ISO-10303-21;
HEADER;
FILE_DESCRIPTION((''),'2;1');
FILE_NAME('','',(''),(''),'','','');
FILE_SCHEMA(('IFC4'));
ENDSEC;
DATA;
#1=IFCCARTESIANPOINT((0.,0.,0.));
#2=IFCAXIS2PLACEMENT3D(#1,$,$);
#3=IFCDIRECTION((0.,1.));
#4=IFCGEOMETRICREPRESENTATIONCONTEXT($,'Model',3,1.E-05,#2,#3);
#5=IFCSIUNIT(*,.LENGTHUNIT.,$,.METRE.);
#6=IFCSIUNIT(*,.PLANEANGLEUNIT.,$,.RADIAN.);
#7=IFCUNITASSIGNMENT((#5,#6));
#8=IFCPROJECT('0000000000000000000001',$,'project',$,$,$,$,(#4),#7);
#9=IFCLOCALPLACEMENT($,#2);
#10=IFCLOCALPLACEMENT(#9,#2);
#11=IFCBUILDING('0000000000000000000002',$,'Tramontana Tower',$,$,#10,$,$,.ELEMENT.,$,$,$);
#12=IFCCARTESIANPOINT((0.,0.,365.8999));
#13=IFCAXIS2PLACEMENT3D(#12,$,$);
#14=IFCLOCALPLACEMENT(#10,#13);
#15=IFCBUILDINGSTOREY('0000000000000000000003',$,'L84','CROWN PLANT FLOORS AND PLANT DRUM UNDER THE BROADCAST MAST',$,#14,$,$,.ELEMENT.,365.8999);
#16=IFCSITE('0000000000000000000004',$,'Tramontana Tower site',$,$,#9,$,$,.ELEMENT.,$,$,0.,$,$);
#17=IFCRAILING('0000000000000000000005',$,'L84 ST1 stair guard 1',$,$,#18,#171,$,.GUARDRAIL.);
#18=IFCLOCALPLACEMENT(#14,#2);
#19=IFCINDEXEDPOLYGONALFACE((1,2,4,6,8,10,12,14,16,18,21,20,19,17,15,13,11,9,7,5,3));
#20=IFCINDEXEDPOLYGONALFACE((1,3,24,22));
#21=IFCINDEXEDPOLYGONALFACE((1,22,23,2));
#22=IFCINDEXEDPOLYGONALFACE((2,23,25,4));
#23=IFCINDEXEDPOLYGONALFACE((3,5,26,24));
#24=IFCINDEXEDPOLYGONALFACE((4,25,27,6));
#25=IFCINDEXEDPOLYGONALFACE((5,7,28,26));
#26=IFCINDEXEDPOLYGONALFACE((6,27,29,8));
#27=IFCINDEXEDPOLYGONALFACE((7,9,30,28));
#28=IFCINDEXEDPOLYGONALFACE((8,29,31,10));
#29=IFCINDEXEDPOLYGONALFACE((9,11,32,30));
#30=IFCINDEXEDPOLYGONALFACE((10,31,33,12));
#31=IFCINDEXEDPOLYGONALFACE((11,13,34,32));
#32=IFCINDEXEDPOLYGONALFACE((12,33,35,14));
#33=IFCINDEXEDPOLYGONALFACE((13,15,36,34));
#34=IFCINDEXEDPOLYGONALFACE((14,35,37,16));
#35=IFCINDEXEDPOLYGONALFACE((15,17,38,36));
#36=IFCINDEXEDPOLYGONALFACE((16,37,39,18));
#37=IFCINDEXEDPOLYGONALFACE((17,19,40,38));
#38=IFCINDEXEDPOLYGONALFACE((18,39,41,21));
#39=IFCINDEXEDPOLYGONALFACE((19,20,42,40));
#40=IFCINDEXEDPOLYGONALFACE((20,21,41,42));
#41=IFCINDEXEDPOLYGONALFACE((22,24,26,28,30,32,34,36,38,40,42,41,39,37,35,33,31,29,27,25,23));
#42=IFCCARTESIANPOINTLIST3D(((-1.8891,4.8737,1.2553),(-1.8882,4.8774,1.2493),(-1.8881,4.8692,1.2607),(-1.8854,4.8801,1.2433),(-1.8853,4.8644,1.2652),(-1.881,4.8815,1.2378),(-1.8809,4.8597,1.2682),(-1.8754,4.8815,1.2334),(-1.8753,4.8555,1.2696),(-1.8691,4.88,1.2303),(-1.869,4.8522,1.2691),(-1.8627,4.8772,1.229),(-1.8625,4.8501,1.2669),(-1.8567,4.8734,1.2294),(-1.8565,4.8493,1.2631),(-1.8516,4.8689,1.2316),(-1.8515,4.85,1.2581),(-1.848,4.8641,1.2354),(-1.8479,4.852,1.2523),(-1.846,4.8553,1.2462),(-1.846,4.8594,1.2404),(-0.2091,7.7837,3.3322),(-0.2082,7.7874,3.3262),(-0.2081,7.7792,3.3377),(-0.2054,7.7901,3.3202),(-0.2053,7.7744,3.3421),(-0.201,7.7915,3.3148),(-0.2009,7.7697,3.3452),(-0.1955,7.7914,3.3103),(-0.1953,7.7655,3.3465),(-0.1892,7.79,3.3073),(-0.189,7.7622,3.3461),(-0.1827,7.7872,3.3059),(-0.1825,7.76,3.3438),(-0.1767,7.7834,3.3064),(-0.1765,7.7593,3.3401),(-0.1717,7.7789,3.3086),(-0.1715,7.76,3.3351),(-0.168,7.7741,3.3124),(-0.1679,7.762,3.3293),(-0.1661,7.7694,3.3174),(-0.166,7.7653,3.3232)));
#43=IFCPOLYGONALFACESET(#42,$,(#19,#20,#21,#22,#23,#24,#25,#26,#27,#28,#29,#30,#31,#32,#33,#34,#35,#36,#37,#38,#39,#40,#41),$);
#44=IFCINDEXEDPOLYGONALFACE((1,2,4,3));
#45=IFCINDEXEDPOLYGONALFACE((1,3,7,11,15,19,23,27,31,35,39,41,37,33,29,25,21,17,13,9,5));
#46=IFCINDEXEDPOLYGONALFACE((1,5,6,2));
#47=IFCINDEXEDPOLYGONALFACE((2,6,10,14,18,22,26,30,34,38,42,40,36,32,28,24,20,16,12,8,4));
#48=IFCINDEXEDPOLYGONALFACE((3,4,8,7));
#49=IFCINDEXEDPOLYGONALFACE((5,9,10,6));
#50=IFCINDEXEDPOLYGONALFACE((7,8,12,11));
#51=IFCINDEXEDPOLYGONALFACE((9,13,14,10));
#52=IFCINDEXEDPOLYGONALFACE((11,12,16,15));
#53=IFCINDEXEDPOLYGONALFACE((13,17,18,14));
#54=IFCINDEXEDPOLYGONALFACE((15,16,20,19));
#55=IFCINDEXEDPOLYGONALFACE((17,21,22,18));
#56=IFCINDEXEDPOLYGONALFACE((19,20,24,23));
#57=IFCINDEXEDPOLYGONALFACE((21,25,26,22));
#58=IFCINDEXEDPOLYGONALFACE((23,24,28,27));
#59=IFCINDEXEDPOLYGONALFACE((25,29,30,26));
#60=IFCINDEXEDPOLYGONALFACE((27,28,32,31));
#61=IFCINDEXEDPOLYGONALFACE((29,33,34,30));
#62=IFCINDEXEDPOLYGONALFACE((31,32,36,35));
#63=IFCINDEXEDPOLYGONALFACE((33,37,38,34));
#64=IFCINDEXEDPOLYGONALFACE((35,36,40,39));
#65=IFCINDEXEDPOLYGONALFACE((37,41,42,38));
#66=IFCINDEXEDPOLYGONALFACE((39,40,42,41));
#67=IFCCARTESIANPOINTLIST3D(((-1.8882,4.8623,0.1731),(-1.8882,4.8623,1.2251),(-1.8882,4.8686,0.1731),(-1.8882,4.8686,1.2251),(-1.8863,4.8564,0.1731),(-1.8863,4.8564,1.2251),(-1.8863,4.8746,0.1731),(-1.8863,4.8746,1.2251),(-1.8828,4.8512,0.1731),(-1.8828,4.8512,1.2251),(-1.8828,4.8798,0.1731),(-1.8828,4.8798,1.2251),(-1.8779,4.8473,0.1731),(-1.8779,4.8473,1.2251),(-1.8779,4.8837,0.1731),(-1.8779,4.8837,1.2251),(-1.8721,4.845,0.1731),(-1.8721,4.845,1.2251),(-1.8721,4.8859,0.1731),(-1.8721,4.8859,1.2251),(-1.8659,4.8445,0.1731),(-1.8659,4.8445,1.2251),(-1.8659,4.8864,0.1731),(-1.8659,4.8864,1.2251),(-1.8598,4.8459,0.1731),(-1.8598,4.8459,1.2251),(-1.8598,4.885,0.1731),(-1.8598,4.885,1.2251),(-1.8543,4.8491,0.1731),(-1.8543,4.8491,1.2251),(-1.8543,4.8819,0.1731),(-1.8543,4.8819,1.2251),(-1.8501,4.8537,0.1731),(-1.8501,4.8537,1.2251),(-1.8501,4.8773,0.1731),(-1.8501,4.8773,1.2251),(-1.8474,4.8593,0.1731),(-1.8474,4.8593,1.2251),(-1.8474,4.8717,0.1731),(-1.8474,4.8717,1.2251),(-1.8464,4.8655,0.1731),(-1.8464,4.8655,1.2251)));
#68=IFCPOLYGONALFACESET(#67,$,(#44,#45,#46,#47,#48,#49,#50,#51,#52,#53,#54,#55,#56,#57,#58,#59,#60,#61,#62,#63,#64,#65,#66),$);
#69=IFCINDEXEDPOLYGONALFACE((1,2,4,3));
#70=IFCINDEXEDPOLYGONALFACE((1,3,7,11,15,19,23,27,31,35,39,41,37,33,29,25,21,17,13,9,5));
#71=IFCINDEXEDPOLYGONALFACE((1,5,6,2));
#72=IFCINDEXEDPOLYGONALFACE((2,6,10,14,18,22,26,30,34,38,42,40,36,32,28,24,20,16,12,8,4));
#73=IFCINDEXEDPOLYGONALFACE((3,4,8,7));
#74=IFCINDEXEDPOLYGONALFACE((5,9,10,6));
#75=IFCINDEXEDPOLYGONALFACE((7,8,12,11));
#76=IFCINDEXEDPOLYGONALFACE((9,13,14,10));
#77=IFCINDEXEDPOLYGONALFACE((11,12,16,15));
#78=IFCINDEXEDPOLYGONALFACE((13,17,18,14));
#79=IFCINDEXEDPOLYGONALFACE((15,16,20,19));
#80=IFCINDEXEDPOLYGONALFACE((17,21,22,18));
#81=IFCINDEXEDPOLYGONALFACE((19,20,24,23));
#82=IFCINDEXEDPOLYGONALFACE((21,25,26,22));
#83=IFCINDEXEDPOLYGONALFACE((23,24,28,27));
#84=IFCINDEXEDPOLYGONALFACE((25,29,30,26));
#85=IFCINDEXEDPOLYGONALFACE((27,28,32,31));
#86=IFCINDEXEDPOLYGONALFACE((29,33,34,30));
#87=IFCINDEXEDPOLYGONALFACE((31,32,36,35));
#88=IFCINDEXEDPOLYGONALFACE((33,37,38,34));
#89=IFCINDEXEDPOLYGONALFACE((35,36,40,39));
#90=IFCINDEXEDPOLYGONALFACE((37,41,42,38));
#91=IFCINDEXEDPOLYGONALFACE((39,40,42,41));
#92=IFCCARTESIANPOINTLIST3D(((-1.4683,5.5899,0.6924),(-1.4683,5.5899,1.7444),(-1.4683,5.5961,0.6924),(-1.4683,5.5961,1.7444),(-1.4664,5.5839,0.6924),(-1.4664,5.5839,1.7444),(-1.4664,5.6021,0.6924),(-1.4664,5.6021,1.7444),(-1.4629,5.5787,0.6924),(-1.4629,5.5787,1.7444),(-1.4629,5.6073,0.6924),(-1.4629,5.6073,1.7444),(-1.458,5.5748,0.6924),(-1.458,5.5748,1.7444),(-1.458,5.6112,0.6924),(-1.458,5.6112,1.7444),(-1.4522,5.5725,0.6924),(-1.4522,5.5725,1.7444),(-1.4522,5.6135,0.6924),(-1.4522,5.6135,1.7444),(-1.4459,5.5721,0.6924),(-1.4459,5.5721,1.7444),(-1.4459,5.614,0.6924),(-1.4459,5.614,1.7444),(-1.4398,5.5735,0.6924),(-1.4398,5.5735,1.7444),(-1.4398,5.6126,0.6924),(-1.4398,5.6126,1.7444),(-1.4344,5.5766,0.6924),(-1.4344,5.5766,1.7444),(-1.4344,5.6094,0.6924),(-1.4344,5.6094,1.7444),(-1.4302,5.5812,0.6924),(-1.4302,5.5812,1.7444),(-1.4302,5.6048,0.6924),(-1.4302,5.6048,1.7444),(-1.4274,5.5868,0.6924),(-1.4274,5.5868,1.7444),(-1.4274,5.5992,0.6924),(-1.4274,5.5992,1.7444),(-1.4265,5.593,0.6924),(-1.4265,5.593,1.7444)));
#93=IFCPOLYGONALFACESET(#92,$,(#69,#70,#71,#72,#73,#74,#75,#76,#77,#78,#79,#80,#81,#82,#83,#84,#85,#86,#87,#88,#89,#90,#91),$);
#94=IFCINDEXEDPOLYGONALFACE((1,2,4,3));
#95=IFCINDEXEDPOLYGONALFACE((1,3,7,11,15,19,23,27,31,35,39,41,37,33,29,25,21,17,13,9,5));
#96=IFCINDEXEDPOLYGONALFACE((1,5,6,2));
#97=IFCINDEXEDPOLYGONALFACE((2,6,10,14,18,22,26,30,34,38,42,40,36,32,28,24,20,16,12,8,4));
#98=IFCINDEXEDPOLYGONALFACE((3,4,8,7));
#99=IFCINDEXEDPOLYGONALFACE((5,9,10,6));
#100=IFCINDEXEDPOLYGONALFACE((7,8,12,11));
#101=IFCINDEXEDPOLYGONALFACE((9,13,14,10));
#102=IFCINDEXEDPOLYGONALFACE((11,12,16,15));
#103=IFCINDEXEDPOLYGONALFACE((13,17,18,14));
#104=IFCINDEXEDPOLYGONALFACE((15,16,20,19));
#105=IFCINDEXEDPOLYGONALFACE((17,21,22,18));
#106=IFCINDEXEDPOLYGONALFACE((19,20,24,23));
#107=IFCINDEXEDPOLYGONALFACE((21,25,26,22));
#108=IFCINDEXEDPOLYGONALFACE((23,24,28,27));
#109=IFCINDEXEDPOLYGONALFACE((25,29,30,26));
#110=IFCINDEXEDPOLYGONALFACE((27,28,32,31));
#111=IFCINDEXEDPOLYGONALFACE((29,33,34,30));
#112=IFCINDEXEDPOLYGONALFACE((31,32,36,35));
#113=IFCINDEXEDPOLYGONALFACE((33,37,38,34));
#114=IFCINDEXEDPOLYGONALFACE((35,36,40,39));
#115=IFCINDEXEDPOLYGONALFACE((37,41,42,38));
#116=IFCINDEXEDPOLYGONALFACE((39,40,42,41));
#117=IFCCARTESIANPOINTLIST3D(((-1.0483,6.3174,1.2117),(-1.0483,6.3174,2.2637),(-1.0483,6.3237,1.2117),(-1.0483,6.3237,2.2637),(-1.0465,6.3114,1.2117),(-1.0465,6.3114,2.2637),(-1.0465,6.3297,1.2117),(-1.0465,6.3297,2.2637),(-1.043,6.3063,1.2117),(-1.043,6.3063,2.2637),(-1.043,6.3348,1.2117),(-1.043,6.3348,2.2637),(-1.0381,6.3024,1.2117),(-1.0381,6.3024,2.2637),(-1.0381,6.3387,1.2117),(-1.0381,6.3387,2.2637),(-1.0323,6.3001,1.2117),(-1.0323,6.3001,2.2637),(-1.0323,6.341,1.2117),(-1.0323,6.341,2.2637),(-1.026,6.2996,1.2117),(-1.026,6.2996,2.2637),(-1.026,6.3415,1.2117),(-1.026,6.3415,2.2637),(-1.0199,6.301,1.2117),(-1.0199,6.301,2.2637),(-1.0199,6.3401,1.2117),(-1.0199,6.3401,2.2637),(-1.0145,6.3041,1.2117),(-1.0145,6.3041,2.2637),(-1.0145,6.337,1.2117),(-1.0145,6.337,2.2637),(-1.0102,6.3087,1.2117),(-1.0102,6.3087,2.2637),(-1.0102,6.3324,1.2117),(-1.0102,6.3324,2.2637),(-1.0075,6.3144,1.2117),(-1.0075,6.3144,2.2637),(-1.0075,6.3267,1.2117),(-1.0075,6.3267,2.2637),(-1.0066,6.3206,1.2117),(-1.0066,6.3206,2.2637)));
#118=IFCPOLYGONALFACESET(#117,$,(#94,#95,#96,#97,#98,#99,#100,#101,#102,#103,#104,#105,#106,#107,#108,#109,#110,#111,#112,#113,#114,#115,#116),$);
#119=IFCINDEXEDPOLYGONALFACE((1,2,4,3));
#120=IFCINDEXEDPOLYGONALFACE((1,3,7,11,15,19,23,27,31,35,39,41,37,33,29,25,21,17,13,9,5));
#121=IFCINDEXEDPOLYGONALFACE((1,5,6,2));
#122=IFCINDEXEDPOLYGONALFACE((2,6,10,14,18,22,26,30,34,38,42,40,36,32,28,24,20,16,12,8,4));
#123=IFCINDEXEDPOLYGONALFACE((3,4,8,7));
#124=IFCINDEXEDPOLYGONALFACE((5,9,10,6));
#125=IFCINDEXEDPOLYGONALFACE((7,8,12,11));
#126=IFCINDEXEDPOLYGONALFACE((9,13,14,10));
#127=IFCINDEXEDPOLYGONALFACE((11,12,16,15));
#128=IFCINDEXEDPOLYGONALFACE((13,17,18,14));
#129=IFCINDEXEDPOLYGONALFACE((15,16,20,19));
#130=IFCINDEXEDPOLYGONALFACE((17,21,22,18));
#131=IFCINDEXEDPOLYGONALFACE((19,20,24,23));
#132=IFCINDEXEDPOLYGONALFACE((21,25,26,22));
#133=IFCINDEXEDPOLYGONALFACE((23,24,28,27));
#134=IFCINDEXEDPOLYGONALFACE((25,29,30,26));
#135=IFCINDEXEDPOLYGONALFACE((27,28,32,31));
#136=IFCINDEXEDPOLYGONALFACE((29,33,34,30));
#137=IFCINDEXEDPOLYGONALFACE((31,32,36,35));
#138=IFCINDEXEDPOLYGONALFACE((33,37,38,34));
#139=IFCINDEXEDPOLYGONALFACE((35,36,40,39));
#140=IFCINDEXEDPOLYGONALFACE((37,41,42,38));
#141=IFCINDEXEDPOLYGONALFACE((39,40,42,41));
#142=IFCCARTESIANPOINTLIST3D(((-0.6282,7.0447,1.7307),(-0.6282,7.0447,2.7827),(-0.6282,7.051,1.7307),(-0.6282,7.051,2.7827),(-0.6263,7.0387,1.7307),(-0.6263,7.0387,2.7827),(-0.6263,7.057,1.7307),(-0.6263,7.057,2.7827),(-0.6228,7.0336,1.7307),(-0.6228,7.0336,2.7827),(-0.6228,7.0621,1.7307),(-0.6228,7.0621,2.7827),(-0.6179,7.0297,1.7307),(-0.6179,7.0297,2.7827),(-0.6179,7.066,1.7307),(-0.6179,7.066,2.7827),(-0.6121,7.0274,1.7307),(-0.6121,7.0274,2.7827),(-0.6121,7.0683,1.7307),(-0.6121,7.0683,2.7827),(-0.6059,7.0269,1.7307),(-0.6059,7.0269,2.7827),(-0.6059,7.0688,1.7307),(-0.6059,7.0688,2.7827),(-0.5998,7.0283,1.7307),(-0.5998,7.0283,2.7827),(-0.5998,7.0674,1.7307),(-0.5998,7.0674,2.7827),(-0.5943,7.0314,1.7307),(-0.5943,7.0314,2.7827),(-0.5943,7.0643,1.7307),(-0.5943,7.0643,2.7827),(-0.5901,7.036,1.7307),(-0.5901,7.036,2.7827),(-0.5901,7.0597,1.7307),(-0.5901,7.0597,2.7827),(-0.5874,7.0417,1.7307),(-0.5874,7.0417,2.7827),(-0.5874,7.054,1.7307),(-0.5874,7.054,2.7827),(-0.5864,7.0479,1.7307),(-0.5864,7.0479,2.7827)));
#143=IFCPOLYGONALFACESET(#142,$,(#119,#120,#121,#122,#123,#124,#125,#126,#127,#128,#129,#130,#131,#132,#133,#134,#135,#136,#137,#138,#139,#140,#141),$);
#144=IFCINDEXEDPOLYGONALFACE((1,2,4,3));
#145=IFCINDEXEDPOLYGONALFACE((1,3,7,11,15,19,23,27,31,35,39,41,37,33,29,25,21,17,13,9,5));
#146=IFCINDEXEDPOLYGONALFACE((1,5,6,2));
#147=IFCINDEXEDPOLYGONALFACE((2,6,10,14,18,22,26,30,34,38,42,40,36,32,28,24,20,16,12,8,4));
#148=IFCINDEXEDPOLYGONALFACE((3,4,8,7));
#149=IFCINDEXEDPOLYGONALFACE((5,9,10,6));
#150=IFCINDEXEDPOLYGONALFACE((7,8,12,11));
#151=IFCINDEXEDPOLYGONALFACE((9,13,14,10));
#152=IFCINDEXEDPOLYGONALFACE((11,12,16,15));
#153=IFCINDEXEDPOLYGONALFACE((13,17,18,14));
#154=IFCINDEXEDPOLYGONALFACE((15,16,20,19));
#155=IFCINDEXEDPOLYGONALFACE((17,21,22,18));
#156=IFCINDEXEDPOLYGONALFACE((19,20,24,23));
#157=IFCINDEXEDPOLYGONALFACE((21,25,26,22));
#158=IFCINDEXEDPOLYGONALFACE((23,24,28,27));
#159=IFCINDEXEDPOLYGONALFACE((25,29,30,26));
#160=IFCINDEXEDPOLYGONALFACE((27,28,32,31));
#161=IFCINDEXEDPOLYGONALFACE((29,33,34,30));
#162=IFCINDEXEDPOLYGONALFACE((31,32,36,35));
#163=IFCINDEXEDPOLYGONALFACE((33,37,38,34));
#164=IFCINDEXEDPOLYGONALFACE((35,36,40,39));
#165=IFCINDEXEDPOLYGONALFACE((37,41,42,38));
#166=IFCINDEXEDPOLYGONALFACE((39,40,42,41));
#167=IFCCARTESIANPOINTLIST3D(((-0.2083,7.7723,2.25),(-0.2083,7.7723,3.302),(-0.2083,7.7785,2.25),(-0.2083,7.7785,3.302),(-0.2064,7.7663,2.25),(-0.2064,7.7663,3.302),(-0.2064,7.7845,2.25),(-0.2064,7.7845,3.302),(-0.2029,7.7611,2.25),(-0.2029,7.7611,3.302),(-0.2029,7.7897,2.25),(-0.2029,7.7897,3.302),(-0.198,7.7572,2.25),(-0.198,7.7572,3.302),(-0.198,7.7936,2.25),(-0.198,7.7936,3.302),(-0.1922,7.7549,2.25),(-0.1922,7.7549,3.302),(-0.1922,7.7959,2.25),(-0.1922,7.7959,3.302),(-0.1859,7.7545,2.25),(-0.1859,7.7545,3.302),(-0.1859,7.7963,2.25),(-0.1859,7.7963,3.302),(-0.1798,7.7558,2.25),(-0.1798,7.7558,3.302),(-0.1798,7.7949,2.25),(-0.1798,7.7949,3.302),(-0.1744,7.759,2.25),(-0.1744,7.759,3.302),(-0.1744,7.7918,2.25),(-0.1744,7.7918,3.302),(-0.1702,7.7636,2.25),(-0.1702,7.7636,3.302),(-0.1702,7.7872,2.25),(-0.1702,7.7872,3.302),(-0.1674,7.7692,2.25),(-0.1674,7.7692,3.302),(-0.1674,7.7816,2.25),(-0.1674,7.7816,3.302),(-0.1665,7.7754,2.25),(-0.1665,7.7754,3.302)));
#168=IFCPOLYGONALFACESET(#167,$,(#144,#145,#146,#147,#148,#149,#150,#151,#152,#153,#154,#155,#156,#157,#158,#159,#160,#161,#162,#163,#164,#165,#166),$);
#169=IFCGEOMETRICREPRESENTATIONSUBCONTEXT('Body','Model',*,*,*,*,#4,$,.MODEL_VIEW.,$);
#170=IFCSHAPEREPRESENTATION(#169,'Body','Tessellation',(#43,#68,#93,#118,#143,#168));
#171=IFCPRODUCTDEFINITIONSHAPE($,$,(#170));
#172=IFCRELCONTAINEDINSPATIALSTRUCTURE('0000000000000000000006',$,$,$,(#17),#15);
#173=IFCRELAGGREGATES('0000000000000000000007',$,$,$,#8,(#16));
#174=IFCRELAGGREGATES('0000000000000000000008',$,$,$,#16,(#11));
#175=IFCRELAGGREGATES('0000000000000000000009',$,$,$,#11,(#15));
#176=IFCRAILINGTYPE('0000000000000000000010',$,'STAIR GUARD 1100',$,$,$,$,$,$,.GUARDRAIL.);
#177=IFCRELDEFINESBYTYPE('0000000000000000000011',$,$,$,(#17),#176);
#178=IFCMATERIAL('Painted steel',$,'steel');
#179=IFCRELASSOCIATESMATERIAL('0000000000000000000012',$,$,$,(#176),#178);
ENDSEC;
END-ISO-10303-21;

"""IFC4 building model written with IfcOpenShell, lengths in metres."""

from ifc_helpers import new_model, si_unit, direction, frame, origin, origin_2d, place, context, subcontext, project, spatial, circle, extrude, material, type_object, element, save


model = new_model("IFC4")

# Units and contexts
model_context = context("Model", 3, precision=1e-05, world=origin(), true_north=direction((0.0, 1.0)))
body_context = subcontext(model_context, "Body", "Model", "MODEL_VIEW")
ifc_project = project(units=[si_unit("LENGTHUNIT", "METRE"), si_unit("PLANEANGLEUNIT", "RADIAN")], contexts=[model_context])

# Site, building, storey
site_placement = place(None, origin())
site = spatial("IfcSite", under=ifc_project, at=site_placement, Name="Tramontana Tower site", CompositionType="ELEMENT", RefElevation=0.0)
building_placement = place(site_placement, origin())
building = spatial("IfcBuilding", under=site, at=building_placement, Name="Tramontana Tower", CompositionType="ELEMENT")
storey_placement = place(building_placement, frame((0.0, 0.0, 365.8999)))
storey = spatial("IfcBuildingStorey", under=building, at=storey_placement, Name="L84", Description="CROWN PLANT FLOORS AND PLANT DRUM UNDER THE BROADCAST MAST", CompositionType="ELEMENT", Elevation=365.8999)

# Railing
ifc_material_1 = material(Name="Painted steel", Category="steel")
railing_type_1 = type_object("IfcRailingType", Name="STAIR GUARD 1100", PredefinedType="GUARDRAIL", material=ifc_material_1)
railing_1_placement = place(storey_placement, frame((-1.8674, 4.8655, 0.1731)))
element("IfcRailing", 1, at=railing_1_placement, inside=storey, type_object=railing_type_1, Name="L84 ST1 stair guard 1", PredefinedType="GUARDRAIL", context=body_context, shape_type="SweptSolid", body=[
    extrude(circle(Radius=0.0239, at=origin_2d()), frame((0.0, 0.0, 1.0762), z_axis=(0.425288, 0.736668, 0.525785), x_axis=(-0.866039, 0.499976, 0.0)), (0.0, 0.0, 1.0), 3.9502),
    extrude(circle(Radius=0.021, at=origin_2d()), origin(), (0.0, 0.0, 1.0), 1.052),
    extrude(circle(Radius=0.021, at=origin_2d()), frame((0.4199, 0.7275, 0.5193)), (0.0, 0.0, 1.0), 1.052),
    extrude(circle(Radius=0.021, at=origin_2d()), frame((0.8398, 1.4551, 1.0386)), (0.0, 0.0, 1.0), 1.052),
    extrude(circle(Radius=0.021, at=origin_2d()), frame((1.26, 2.1824, 1.5576)), (0.0, 0.0, 1.0), 1.052),
    extrude(circle(Radius=0.021, at=origin_2d()), frame((1.6799, 2.9099, 2.0769)), (0.0, 0.0, 1.0), 1.052),
])

save(model, "model.ifc")
